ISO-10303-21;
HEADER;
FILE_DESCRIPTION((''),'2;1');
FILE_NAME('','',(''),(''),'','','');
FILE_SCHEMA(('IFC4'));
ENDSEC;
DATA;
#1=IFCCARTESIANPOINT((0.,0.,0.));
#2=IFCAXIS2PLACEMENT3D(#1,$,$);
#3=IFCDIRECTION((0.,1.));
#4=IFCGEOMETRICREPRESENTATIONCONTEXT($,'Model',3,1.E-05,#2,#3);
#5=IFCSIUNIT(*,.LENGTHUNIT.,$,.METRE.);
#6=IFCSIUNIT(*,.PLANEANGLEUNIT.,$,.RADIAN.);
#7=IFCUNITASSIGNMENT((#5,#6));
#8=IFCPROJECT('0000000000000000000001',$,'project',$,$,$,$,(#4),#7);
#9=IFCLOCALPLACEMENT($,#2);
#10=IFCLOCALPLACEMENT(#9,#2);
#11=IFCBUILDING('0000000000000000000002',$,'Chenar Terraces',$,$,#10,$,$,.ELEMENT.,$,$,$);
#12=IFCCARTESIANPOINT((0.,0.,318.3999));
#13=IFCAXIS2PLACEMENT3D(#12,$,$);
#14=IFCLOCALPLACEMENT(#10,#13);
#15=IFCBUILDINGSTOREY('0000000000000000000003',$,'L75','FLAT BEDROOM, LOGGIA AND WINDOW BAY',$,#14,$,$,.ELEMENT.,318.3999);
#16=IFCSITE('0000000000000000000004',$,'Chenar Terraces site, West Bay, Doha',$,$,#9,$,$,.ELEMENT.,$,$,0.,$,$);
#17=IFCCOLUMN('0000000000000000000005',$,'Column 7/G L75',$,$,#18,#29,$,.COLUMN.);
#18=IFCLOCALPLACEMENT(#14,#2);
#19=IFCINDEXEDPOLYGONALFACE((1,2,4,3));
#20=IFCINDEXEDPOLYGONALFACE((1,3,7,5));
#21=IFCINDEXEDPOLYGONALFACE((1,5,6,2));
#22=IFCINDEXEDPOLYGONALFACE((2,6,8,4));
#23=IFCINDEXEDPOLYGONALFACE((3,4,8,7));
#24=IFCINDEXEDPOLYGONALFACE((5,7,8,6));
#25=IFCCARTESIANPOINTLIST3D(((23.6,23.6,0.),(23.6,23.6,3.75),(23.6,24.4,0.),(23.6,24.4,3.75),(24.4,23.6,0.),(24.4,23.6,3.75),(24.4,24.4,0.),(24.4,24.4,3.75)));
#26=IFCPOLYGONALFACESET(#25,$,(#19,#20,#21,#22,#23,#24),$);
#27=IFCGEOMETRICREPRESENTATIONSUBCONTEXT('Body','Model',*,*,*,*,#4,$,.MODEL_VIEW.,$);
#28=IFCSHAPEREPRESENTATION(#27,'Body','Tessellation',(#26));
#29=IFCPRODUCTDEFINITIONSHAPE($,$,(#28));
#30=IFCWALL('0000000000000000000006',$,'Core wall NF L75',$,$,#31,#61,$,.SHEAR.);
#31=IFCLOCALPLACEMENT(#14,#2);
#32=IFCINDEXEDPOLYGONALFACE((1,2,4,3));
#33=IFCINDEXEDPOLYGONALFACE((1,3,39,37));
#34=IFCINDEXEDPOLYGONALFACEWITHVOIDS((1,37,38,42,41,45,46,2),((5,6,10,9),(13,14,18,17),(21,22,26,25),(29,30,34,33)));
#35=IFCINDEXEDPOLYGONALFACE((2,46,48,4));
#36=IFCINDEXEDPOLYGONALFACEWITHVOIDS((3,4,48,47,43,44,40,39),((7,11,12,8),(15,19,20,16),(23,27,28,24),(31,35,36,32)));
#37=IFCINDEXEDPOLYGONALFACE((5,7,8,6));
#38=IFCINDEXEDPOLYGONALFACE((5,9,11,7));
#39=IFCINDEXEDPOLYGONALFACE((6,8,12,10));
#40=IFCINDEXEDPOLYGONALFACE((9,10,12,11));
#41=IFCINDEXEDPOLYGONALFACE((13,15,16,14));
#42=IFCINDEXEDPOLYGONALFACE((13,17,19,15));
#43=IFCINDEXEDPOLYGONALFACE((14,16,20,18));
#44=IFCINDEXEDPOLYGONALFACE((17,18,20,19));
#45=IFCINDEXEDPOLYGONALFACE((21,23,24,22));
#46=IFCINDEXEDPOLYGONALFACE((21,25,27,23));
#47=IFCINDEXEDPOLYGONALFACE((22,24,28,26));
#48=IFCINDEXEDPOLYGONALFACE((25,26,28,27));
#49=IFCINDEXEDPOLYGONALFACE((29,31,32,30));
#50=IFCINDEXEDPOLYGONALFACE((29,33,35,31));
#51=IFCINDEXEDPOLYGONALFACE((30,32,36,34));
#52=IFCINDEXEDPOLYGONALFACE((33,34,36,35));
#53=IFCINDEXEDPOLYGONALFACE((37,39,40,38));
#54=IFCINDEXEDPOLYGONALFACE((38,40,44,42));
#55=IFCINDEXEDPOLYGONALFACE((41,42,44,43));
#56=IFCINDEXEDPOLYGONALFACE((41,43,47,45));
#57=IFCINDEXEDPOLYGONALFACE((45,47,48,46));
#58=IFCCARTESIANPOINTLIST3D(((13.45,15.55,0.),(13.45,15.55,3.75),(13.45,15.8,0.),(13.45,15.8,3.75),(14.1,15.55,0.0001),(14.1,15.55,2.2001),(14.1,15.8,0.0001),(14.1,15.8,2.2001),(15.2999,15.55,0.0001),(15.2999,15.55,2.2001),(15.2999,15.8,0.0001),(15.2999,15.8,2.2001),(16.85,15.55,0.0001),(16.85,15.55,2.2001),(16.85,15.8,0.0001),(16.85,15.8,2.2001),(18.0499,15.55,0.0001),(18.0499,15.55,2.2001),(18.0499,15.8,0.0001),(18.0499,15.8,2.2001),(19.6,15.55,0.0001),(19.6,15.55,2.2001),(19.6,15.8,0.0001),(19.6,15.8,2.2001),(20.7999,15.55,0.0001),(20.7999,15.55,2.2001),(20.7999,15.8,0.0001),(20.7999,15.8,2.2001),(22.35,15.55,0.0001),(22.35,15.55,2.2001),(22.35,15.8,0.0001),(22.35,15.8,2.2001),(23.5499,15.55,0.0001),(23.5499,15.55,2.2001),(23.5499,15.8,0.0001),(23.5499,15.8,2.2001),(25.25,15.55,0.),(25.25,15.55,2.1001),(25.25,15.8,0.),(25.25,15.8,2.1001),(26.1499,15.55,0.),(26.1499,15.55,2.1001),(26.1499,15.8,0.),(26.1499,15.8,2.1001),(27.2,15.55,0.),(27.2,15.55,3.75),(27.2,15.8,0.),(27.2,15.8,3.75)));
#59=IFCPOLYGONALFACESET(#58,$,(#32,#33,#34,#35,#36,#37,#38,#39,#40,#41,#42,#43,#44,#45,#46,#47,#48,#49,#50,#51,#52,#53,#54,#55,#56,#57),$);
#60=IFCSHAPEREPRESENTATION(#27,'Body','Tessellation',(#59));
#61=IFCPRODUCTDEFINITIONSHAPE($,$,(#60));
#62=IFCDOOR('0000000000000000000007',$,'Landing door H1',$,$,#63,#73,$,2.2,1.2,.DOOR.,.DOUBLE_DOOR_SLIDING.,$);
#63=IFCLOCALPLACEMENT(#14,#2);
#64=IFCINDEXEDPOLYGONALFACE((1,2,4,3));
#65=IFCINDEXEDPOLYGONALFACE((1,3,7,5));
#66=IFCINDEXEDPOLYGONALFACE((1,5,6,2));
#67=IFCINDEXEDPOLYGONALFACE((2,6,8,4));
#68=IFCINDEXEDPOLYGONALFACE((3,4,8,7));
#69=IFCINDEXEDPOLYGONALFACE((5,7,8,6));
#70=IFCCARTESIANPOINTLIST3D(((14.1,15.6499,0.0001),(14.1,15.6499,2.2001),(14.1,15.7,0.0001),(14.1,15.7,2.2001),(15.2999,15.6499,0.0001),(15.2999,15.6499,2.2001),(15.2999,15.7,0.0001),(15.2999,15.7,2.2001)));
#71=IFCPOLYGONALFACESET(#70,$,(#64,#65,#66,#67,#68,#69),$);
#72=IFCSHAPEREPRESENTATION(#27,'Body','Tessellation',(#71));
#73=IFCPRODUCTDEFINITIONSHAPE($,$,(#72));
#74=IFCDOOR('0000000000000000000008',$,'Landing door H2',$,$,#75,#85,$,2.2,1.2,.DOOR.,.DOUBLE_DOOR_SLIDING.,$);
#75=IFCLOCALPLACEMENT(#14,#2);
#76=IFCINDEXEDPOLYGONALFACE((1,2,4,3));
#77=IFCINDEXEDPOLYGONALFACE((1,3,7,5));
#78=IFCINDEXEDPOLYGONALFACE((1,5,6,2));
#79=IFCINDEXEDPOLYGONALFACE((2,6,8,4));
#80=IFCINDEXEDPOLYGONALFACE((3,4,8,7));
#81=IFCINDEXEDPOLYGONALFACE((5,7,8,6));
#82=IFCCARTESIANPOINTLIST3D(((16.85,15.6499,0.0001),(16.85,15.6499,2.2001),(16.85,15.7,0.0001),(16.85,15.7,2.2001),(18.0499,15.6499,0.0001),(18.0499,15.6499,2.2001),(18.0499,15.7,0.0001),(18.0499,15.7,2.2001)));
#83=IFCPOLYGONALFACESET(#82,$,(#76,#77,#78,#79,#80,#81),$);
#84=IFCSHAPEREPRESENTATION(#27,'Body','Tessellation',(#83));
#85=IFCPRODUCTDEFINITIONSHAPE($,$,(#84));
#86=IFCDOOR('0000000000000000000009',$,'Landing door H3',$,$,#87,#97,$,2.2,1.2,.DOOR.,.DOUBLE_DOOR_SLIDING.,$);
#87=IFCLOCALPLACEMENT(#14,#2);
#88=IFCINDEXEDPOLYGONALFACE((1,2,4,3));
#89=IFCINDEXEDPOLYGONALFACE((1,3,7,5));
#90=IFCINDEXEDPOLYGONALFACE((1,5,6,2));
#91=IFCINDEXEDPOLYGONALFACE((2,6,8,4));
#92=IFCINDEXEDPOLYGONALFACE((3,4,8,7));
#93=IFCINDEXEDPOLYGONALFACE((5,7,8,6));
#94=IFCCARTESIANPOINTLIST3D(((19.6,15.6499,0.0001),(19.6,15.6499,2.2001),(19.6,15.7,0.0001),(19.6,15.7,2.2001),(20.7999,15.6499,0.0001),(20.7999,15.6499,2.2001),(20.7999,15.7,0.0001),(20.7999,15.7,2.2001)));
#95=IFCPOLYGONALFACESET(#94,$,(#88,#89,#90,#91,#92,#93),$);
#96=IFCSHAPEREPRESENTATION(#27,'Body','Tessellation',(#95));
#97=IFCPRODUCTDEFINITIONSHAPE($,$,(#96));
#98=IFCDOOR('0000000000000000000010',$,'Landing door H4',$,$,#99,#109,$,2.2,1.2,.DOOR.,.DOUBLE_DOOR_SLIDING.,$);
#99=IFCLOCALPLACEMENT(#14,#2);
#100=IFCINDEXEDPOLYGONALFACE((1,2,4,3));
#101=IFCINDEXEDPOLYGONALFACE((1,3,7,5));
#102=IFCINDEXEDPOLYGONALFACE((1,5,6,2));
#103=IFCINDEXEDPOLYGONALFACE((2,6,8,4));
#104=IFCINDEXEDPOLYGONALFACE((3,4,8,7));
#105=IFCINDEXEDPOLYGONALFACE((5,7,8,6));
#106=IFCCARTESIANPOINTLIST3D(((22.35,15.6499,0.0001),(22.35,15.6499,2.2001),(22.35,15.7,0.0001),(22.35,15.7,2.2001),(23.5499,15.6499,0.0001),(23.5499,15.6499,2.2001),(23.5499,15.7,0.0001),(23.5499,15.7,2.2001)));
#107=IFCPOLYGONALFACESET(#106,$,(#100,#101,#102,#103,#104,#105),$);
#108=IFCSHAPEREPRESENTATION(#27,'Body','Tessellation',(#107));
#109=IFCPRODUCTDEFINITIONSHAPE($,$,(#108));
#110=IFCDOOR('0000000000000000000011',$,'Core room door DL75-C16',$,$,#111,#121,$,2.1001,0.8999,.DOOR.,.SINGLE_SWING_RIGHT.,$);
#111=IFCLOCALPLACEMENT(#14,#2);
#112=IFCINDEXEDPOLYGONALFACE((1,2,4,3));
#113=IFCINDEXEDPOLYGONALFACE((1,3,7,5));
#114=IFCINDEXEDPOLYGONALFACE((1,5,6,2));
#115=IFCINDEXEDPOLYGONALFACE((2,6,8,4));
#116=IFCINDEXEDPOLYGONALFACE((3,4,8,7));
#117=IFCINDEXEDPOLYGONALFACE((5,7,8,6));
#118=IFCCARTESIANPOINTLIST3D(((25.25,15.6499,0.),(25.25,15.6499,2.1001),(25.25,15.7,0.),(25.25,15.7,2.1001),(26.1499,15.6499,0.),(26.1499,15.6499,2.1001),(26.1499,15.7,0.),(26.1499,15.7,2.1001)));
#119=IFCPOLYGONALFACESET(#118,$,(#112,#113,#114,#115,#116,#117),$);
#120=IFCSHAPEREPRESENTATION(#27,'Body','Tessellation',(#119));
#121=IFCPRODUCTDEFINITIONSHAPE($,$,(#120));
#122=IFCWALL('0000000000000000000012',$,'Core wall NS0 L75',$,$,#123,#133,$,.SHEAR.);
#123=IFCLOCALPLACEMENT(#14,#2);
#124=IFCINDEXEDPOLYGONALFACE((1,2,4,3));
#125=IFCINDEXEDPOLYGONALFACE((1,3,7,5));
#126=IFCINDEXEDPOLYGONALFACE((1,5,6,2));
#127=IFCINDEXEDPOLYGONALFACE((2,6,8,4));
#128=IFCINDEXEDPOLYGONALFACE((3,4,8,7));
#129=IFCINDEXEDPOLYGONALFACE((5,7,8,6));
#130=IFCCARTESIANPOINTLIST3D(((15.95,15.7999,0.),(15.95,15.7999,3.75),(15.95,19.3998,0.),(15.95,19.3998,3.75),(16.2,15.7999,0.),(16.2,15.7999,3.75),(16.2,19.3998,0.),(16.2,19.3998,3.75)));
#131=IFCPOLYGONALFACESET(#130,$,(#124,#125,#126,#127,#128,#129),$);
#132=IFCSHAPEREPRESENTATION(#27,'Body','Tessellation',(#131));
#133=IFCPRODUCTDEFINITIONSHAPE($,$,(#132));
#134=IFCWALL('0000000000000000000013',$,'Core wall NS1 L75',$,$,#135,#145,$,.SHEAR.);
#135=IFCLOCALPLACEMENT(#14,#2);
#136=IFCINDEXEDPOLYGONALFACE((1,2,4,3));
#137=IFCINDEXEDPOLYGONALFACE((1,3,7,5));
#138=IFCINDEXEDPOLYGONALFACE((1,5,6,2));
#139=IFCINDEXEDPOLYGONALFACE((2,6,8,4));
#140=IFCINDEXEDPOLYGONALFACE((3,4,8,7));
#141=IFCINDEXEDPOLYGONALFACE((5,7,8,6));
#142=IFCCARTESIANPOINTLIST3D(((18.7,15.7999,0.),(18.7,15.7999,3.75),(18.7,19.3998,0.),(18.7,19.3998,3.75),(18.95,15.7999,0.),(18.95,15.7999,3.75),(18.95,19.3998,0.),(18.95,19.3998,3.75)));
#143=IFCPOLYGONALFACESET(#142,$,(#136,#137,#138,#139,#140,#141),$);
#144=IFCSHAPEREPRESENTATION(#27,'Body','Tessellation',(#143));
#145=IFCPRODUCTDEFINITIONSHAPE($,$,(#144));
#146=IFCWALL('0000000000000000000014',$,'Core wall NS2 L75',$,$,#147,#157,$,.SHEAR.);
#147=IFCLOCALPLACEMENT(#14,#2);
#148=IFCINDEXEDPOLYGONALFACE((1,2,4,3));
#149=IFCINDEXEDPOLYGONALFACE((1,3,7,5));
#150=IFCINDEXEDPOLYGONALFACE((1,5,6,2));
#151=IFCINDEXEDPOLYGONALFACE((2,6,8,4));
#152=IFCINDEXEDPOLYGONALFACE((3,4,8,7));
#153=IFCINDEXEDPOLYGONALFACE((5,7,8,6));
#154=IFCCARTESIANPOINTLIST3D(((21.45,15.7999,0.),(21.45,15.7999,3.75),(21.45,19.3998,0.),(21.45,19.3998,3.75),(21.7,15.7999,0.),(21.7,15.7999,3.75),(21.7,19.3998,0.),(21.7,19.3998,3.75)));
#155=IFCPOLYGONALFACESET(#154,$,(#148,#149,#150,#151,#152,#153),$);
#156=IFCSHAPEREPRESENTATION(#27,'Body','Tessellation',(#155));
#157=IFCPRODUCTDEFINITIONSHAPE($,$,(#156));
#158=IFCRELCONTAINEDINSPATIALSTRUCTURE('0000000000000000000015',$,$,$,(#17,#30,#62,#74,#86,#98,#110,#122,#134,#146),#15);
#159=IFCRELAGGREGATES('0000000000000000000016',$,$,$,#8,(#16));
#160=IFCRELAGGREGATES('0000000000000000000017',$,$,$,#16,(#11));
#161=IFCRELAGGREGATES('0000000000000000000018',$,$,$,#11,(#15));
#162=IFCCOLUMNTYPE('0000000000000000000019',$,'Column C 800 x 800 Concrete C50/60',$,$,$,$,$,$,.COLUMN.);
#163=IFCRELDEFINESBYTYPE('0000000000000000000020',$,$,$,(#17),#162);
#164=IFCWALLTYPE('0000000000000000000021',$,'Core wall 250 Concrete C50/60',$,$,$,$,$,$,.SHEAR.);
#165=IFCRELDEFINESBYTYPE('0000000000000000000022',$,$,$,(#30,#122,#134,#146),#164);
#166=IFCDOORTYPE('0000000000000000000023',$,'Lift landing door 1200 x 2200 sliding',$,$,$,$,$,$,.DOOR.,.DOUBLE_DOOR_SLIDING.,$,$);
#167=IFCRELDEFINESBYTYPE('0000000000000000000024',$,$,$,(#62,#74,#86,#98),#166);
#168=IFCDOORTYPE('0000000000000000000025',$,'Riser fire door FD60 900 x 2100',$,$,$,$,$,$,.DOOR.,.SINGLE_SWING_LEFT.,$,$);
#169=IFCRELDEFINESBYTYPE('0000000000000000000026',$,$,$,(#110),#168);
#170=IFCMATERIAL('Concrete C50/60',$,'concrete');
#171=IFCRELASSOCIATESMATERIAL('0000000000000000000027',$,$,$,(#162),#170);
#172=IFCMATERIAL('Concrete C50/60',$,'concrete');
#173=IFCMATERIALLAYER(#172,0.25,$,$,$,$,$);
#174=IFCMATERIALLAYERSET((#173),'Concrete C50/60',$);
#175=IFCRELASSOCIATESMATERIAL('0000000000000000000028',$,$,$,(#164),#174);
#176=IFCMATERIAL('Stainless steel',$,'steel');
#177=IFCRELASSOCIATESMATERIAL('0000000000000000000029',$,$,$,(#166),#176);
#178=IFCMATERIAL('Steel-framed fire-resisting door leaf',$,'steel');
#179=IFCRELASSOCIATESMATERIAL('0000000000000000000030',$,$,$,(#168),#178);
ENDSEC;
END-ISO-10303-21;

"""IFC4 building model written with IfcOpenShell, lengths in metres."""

from ifc_helpers import new_model, si_unit, direction, frame, frame_2d, origin, origin_2d, place, context, subcontext, project, spatial, rectangle, extrude, material, layer, layer_set, material_profile, profile_set, type_object, element, fill, save


model = new_model("IFC4")

# Units and contexts
model_context = context("Model", 3, precision=1e-05, world=origin(), true_north=direction((0.0, 1.0)))
body_context = subcontext(model_context, "Body", "Model", "MODEL_VIEW")
ifc_project = project(units=[si_unit("LENGTHUNIT", "METRE"), si_unit("PLANEANGLEUNIT", "RADIAN")], contexts=[model_context])

# Site, building, storey
site_placement = place(None, origin())
site = spatial("IfcSite", under=ifc_project, at=site_placement, Name="Chenar Terraces site, West Bay, Doha", CompositionType="ELEMENT", RefElevation=0.0)
building_placement = place(site_placement, origin())
building = spatial("IfcBuilding", under=site, at=building_placement, Name="Chenar Terraces", CompositionType="ELEMENT")
storey_placement = place(building_placement, frame((0.0, 0.0, 318.3999)))
storey = spatial("IfcBuildingStorey", under=building, at=storey_placement, Name="L75", Description="FLAT BEDROOM, LOGGIA AND WINDOW BAY", CompositionType="ELEMENT", Elevation=318.3999)

# Column
ifc_material_1 = material(Name="Concrete C50/60", Category="concrete")
ifc_material_profile = material_profile(ifc_material_1, rectangle(XDim=0.8, YDim=0.8, at=origin_2d()), Name="C 800 x 800")
ifc_profile_set = profile_set([ifc_material_profile], Name="Concrete C50/60")
column_type = type_object("IfcColumnType", Name="Column C 800 x 800 Concrete C50/60", PredefinedType="COLUMN", material=ifc_profile_set)
column_placement = place(storey_placement, frame((24.0, 24.0, 0.0), z_axis=(0.0, 0.0, 1.0), x_axis=(1.0, 0.0, 0.0)))
element("IfcColumn", 1, at=column_placement, inside=storey, type_object=column_type, Name="Column 7/G L75", PredefinedType="COLUMN", context=body_context, shape_type="SweptSolid", body=[
    extrude(rectangle(XDim=0.8, YDim=0.8, at=origin_2d()), origin(), (0.0, 0.0, 1.0), 3.75),
])

# Wall, openings, doors
ifc_material_2 = material(Name="Concrete C50/60", Category="concrete")
ifc_layer_1 = layer(ifc_material_2, 0.25)
ifc_layer_set_1 = layer_set([ifc_layer_1], Name="Concrete C50/60")
wall_type_1 = type_object("IfcWallType", Name="Core wall 250 Concrete C50/60", PredefinedType="SHEAR", material=ifc_layer_set_1)
wall_1_placement = place(storey_placement, frame((13.45, 15.675, 0.0), z_axis=(0.0, 0.0, 1.0), x_axis=(1.0, 0.0, 0.0)))
wall_1 = element("IfcWall", 2, at=wall_1_placement, inside=storey, type_object=wall_type_1, Name="Core wall NF L75", PredefinedType="SHEAR", context=body_context, shape_type="SweptSolid", body=[
    extrude(rectangle(XDim=13.75, YDim=0.25, at=frame_2d((6.875, 0.0))), origin(), (0.0, 0.0, 1.0), 3.75),
])
opening_1_placement = place(wall_1_placement, frame((0.6499, 0.0, 0.0)))
opening_1 = element("IfcOpeningElement", 3, at=opening_1_placement, cuts=wall_1, PredefinedType="OPENING", context=body_context, shape_type="SweptSolid", body=[
    extrude(rectangle(XDim=1.2, YDim=2.2, at=frame_2d((0.6001, 1.1001))), frame((0.0, 0.135, 0.0), z_axis=(0.0, -1.0, 0.0), x_axis=(1.0, 0.0, 0.0)), (0.0, 0.0, 1.0), 0.27),
])
opening_2_placement = place(wall_1_placement, frame((3.3999, 0.0, 0.0)))
opening_2 = element("IfcOpeningElement", 4, at=opening_2_placement, cuts=wall_1, PredefinedType="OPENING", context=body_context, shape_type="SweptSolid", body=[
    extrude(rectangle(XDim=1.2, YDim=2.2, at=frame_2d((0.6001, 1.1001))), frame((0.0, 0.135, 0.0), z_axis=(0.0, -1.0, 0.0), x_axis=(1.0, 0.0, 0.0)), (0.0, 0.0, 1.0), 0.27),
])
opening_3_placement = place(wall_1_placement, frame((6.1499, 0.0, 0.0)))
opening_3 = element("IfcOpeningElement", 5, at=opening_3_placement, cuts=wall_1, PredefinedType="OPENING", context=body_context, shape_type="SweptSolid", body=[
    extrude(rectangle(XDim=1.2, YDim=2.2, at=frame_2d((0.6001, 1.1001))), frame((0.0, 0.135, 0.0), z_axis=(0.0, -1.0, 0.0), x_axis=(1.0, 0.0, 0.0)), (0.0, 0.0, 1.0), 0.27),
])
opening_4_placement = place(wall_1_placement, frame((8.8999, 0.0, 0.0)))
opening_4 = element("IfcOpeningElement", 6, at=opening_4_placement, cuts=wall_1, PredefinedType="OPENING", context=body_context, shape_type="SweptSolid", body=[
    extrude(rectangle(XDim=1.2, YDim=2.2, at=frame_2d((0.6001, 1.1001))), frame((0.0, 0.135, 0.0), z_axis=(0.0, -1.0, 0.0), x_axis=(1.0, 0.0, 0.0)), (0.0, 0.0, 1.0), 0.27),
])
opening_5_placement = place(wall_1_placement, frame((11.8, 0.0, 0.0)))
opening_5 = element("IfcOpeningElement", 7, at=opening_5_placement, cuts=wall_1, PredefinedType="OPENING", context=body_context, shape_type="SweptSolid", body=[
    extrude(rectangle(XDim=0.8999, YDim=2.1001, at=frame_2d((0.45, 1.05))), frame((0.0, 0.135, 0.0), z_axis=(0.0, -1.0, 0.0), x_axis=(1.0, 0.0, 0.0)), (0.0, 0.0, 1.0), 0.27),
])
ifc_material_3 = material(Name="Stainless steel", Category="steel")
door_type_1 = type_object("IfcDoorType", Name="Lift landing door 1200 x 2200 sliding", OperationType="DOUBLE_DOOR_SLIDING", PredefinedType="DOOR", material=ifc_material_3)
door_1_placement = place(opening_1_placement, origin())
door_1 = element("IfcDoor", 8, at=door_1_placement, inside=storey, type_object=door_type_1, Name="Landing door H1", OperationType="DOUBLE_DOOR_SLIDING", OverallHeight=2.2, OverallWidth=1.2, PredefinedType="DOOR", context=body_context, shape_type="SweptSolid", body=[
    extrude(rectangle(XDim=1.2, YDim=2.2, at=frame_2d((0.6001, 1.1001))), frame((0.0, 0.0249, 0.0), z_axis=(0.0, -1.0, 0.0), x_axis=(1.0, 0.0, 0.0)), (0.0, 0.0, 1.0), 0.05),
])
fill(opening_1, door_1)
door_2_placement = place(opening_2_placement, origin())
door_2 = element("IfcDoor", 9, at=door_2_placement, inside=storey, type_object=door_type_1, Name="Landing door H2", OperationType="DOUBLE_DOOR_SLIDING", OverallHeight=2.2, OverallWidth=1.2, PredefinedType="DOOR", context=body_context, shape_type="SweptSolid", body=[
    extrude(rectangle(XDim=1.2, YDim=2.2, at=frame_2d((0.6001, 1.1001))), frame((0.0, 0.0249, 0.0), z_axis=(0.0, -1.0, 0.0), x_axis=(1.0, 0.0, 0.0)), (0.0, 0.0, 1.0), 0.05),
])
fill(opening_2, door_2)
door_3_placement = place(opening_3_placement, origin())
door_3 = element("IfcDoor", 10, at=door_3_placement, inside=storey, type_object=door_type_1, Name="Landing door H3", OperationType="DOUBLE_DOOR_SLIDING", OverallHeight=2.2, OverallWidth=1.2, PredefinedType="DOOR", context=body_context, shape_type="SweptSolid", body=[
    extrude(rectangle(XDim=1.2, YDim=2.2, at=frame_2d((0.6001, 1.1001))), frame((0.0, 0.0249, 0.0), z_axis=(0.0, -1.0, 0.0), x_axis=(1.0, 0.0, 0.0)), (0.0, 0.0, 1.0), 0.05),
])
fill(opening_3, door_3)
door_4_placement = place(opening_4_placement, origin())
door_4 = element("IfcDoor", 11, at=door_4_placement, inside=storey, type_object=door_type_1, Name="Landing door H4", OperationType="DOUBLE_DOOR_SLIDING", OverallHeight=2.2, OverallWidth=1.2, PredefinedType="DOOR", context=body_context, shape_type="SweptSolid", body=[
    extrude(rectangle(XDim=1.2, YDim=2.2, at=frame_2d((0.6001, 1.1001))), frame((0.0, 0.0249, 0.0), z_axis=(0.0, -1.0, 0.0), x_axis=(1.0, 0.0, 0.0)), (0.0, 0.0, 1.0), 0.05),
])
fill(opening_4, door_4)
ifc_material_4 = material(Name="Steel-framed fire-resisting door leaf", Category="steel")
door_type_2 = type_object("IfcDoorType", Name="Riser fire door FD60 900 x 2100", OperationType="SINGLE_SWING_LEFT", PredefinedType="DOOR", material=ifc_material_4)
door_5_placement = place(opening_5_placement, origin())
door_5 = element("IfcDoor", 12, at=door_5_placement, inside=storey, type_object=door_type_2, Name="Core room door DL75-C16", OperationType="SINGLE_SWING_RIGHT", OverallHeight=2.1001, OverallWidth=0.8999, PredefinedType="DOOR", context=body_context, shape_type="SweptSolid", body=[
    extrude(rectangle(XDim=0.8999, YDim=2.1001, at=frame_2d((0.45, 1.05))), frame((0.0, 0.0249, 0.0), z_axis=(0.0, -1.0, 0.0), x_axis=(1.0, 0.0, 0.0)), (0.0, 0.0, 1.0), 0.05),
])
fill(opening_5, door_5)

# Walls
for number, where, z_axis, x_axis, name in (
    (13, (16.075, 15.8, 0.0), (0.0, 0.0, 1.0), (0.0, 1.0, 0.0), "Core wall NS0 L75"),
    (14, (18.825, 15.8, 0.0), (0.0, 0.0, 1.0), (0.0, 1.0, 0.0), "Core wall NS1 L75"),
    (15, (21.575, 15.8, 0.0), (0.0, 0.0, 1.0), (0.0, 1.0, 0.0), "Core wall NS2 L75"),
):
    element("IfcWall", number, at=place(storey_placement, frame(where, z_axis=z_axis, x_axis=x_axis)), inside=storey, type_object=wall_type_1, Name=name, PredefinedType="SHEAR", context=body_context, shape_type="SweptSolid", body=[
        extrude(rectangle(XDim=3.5999, YDim=0.25, at=frame_2d((1.7998, 0.0))), origin(), (0.0, 0.0, 1.0), 3.75),
    ])

save(model, "model.ifc")
